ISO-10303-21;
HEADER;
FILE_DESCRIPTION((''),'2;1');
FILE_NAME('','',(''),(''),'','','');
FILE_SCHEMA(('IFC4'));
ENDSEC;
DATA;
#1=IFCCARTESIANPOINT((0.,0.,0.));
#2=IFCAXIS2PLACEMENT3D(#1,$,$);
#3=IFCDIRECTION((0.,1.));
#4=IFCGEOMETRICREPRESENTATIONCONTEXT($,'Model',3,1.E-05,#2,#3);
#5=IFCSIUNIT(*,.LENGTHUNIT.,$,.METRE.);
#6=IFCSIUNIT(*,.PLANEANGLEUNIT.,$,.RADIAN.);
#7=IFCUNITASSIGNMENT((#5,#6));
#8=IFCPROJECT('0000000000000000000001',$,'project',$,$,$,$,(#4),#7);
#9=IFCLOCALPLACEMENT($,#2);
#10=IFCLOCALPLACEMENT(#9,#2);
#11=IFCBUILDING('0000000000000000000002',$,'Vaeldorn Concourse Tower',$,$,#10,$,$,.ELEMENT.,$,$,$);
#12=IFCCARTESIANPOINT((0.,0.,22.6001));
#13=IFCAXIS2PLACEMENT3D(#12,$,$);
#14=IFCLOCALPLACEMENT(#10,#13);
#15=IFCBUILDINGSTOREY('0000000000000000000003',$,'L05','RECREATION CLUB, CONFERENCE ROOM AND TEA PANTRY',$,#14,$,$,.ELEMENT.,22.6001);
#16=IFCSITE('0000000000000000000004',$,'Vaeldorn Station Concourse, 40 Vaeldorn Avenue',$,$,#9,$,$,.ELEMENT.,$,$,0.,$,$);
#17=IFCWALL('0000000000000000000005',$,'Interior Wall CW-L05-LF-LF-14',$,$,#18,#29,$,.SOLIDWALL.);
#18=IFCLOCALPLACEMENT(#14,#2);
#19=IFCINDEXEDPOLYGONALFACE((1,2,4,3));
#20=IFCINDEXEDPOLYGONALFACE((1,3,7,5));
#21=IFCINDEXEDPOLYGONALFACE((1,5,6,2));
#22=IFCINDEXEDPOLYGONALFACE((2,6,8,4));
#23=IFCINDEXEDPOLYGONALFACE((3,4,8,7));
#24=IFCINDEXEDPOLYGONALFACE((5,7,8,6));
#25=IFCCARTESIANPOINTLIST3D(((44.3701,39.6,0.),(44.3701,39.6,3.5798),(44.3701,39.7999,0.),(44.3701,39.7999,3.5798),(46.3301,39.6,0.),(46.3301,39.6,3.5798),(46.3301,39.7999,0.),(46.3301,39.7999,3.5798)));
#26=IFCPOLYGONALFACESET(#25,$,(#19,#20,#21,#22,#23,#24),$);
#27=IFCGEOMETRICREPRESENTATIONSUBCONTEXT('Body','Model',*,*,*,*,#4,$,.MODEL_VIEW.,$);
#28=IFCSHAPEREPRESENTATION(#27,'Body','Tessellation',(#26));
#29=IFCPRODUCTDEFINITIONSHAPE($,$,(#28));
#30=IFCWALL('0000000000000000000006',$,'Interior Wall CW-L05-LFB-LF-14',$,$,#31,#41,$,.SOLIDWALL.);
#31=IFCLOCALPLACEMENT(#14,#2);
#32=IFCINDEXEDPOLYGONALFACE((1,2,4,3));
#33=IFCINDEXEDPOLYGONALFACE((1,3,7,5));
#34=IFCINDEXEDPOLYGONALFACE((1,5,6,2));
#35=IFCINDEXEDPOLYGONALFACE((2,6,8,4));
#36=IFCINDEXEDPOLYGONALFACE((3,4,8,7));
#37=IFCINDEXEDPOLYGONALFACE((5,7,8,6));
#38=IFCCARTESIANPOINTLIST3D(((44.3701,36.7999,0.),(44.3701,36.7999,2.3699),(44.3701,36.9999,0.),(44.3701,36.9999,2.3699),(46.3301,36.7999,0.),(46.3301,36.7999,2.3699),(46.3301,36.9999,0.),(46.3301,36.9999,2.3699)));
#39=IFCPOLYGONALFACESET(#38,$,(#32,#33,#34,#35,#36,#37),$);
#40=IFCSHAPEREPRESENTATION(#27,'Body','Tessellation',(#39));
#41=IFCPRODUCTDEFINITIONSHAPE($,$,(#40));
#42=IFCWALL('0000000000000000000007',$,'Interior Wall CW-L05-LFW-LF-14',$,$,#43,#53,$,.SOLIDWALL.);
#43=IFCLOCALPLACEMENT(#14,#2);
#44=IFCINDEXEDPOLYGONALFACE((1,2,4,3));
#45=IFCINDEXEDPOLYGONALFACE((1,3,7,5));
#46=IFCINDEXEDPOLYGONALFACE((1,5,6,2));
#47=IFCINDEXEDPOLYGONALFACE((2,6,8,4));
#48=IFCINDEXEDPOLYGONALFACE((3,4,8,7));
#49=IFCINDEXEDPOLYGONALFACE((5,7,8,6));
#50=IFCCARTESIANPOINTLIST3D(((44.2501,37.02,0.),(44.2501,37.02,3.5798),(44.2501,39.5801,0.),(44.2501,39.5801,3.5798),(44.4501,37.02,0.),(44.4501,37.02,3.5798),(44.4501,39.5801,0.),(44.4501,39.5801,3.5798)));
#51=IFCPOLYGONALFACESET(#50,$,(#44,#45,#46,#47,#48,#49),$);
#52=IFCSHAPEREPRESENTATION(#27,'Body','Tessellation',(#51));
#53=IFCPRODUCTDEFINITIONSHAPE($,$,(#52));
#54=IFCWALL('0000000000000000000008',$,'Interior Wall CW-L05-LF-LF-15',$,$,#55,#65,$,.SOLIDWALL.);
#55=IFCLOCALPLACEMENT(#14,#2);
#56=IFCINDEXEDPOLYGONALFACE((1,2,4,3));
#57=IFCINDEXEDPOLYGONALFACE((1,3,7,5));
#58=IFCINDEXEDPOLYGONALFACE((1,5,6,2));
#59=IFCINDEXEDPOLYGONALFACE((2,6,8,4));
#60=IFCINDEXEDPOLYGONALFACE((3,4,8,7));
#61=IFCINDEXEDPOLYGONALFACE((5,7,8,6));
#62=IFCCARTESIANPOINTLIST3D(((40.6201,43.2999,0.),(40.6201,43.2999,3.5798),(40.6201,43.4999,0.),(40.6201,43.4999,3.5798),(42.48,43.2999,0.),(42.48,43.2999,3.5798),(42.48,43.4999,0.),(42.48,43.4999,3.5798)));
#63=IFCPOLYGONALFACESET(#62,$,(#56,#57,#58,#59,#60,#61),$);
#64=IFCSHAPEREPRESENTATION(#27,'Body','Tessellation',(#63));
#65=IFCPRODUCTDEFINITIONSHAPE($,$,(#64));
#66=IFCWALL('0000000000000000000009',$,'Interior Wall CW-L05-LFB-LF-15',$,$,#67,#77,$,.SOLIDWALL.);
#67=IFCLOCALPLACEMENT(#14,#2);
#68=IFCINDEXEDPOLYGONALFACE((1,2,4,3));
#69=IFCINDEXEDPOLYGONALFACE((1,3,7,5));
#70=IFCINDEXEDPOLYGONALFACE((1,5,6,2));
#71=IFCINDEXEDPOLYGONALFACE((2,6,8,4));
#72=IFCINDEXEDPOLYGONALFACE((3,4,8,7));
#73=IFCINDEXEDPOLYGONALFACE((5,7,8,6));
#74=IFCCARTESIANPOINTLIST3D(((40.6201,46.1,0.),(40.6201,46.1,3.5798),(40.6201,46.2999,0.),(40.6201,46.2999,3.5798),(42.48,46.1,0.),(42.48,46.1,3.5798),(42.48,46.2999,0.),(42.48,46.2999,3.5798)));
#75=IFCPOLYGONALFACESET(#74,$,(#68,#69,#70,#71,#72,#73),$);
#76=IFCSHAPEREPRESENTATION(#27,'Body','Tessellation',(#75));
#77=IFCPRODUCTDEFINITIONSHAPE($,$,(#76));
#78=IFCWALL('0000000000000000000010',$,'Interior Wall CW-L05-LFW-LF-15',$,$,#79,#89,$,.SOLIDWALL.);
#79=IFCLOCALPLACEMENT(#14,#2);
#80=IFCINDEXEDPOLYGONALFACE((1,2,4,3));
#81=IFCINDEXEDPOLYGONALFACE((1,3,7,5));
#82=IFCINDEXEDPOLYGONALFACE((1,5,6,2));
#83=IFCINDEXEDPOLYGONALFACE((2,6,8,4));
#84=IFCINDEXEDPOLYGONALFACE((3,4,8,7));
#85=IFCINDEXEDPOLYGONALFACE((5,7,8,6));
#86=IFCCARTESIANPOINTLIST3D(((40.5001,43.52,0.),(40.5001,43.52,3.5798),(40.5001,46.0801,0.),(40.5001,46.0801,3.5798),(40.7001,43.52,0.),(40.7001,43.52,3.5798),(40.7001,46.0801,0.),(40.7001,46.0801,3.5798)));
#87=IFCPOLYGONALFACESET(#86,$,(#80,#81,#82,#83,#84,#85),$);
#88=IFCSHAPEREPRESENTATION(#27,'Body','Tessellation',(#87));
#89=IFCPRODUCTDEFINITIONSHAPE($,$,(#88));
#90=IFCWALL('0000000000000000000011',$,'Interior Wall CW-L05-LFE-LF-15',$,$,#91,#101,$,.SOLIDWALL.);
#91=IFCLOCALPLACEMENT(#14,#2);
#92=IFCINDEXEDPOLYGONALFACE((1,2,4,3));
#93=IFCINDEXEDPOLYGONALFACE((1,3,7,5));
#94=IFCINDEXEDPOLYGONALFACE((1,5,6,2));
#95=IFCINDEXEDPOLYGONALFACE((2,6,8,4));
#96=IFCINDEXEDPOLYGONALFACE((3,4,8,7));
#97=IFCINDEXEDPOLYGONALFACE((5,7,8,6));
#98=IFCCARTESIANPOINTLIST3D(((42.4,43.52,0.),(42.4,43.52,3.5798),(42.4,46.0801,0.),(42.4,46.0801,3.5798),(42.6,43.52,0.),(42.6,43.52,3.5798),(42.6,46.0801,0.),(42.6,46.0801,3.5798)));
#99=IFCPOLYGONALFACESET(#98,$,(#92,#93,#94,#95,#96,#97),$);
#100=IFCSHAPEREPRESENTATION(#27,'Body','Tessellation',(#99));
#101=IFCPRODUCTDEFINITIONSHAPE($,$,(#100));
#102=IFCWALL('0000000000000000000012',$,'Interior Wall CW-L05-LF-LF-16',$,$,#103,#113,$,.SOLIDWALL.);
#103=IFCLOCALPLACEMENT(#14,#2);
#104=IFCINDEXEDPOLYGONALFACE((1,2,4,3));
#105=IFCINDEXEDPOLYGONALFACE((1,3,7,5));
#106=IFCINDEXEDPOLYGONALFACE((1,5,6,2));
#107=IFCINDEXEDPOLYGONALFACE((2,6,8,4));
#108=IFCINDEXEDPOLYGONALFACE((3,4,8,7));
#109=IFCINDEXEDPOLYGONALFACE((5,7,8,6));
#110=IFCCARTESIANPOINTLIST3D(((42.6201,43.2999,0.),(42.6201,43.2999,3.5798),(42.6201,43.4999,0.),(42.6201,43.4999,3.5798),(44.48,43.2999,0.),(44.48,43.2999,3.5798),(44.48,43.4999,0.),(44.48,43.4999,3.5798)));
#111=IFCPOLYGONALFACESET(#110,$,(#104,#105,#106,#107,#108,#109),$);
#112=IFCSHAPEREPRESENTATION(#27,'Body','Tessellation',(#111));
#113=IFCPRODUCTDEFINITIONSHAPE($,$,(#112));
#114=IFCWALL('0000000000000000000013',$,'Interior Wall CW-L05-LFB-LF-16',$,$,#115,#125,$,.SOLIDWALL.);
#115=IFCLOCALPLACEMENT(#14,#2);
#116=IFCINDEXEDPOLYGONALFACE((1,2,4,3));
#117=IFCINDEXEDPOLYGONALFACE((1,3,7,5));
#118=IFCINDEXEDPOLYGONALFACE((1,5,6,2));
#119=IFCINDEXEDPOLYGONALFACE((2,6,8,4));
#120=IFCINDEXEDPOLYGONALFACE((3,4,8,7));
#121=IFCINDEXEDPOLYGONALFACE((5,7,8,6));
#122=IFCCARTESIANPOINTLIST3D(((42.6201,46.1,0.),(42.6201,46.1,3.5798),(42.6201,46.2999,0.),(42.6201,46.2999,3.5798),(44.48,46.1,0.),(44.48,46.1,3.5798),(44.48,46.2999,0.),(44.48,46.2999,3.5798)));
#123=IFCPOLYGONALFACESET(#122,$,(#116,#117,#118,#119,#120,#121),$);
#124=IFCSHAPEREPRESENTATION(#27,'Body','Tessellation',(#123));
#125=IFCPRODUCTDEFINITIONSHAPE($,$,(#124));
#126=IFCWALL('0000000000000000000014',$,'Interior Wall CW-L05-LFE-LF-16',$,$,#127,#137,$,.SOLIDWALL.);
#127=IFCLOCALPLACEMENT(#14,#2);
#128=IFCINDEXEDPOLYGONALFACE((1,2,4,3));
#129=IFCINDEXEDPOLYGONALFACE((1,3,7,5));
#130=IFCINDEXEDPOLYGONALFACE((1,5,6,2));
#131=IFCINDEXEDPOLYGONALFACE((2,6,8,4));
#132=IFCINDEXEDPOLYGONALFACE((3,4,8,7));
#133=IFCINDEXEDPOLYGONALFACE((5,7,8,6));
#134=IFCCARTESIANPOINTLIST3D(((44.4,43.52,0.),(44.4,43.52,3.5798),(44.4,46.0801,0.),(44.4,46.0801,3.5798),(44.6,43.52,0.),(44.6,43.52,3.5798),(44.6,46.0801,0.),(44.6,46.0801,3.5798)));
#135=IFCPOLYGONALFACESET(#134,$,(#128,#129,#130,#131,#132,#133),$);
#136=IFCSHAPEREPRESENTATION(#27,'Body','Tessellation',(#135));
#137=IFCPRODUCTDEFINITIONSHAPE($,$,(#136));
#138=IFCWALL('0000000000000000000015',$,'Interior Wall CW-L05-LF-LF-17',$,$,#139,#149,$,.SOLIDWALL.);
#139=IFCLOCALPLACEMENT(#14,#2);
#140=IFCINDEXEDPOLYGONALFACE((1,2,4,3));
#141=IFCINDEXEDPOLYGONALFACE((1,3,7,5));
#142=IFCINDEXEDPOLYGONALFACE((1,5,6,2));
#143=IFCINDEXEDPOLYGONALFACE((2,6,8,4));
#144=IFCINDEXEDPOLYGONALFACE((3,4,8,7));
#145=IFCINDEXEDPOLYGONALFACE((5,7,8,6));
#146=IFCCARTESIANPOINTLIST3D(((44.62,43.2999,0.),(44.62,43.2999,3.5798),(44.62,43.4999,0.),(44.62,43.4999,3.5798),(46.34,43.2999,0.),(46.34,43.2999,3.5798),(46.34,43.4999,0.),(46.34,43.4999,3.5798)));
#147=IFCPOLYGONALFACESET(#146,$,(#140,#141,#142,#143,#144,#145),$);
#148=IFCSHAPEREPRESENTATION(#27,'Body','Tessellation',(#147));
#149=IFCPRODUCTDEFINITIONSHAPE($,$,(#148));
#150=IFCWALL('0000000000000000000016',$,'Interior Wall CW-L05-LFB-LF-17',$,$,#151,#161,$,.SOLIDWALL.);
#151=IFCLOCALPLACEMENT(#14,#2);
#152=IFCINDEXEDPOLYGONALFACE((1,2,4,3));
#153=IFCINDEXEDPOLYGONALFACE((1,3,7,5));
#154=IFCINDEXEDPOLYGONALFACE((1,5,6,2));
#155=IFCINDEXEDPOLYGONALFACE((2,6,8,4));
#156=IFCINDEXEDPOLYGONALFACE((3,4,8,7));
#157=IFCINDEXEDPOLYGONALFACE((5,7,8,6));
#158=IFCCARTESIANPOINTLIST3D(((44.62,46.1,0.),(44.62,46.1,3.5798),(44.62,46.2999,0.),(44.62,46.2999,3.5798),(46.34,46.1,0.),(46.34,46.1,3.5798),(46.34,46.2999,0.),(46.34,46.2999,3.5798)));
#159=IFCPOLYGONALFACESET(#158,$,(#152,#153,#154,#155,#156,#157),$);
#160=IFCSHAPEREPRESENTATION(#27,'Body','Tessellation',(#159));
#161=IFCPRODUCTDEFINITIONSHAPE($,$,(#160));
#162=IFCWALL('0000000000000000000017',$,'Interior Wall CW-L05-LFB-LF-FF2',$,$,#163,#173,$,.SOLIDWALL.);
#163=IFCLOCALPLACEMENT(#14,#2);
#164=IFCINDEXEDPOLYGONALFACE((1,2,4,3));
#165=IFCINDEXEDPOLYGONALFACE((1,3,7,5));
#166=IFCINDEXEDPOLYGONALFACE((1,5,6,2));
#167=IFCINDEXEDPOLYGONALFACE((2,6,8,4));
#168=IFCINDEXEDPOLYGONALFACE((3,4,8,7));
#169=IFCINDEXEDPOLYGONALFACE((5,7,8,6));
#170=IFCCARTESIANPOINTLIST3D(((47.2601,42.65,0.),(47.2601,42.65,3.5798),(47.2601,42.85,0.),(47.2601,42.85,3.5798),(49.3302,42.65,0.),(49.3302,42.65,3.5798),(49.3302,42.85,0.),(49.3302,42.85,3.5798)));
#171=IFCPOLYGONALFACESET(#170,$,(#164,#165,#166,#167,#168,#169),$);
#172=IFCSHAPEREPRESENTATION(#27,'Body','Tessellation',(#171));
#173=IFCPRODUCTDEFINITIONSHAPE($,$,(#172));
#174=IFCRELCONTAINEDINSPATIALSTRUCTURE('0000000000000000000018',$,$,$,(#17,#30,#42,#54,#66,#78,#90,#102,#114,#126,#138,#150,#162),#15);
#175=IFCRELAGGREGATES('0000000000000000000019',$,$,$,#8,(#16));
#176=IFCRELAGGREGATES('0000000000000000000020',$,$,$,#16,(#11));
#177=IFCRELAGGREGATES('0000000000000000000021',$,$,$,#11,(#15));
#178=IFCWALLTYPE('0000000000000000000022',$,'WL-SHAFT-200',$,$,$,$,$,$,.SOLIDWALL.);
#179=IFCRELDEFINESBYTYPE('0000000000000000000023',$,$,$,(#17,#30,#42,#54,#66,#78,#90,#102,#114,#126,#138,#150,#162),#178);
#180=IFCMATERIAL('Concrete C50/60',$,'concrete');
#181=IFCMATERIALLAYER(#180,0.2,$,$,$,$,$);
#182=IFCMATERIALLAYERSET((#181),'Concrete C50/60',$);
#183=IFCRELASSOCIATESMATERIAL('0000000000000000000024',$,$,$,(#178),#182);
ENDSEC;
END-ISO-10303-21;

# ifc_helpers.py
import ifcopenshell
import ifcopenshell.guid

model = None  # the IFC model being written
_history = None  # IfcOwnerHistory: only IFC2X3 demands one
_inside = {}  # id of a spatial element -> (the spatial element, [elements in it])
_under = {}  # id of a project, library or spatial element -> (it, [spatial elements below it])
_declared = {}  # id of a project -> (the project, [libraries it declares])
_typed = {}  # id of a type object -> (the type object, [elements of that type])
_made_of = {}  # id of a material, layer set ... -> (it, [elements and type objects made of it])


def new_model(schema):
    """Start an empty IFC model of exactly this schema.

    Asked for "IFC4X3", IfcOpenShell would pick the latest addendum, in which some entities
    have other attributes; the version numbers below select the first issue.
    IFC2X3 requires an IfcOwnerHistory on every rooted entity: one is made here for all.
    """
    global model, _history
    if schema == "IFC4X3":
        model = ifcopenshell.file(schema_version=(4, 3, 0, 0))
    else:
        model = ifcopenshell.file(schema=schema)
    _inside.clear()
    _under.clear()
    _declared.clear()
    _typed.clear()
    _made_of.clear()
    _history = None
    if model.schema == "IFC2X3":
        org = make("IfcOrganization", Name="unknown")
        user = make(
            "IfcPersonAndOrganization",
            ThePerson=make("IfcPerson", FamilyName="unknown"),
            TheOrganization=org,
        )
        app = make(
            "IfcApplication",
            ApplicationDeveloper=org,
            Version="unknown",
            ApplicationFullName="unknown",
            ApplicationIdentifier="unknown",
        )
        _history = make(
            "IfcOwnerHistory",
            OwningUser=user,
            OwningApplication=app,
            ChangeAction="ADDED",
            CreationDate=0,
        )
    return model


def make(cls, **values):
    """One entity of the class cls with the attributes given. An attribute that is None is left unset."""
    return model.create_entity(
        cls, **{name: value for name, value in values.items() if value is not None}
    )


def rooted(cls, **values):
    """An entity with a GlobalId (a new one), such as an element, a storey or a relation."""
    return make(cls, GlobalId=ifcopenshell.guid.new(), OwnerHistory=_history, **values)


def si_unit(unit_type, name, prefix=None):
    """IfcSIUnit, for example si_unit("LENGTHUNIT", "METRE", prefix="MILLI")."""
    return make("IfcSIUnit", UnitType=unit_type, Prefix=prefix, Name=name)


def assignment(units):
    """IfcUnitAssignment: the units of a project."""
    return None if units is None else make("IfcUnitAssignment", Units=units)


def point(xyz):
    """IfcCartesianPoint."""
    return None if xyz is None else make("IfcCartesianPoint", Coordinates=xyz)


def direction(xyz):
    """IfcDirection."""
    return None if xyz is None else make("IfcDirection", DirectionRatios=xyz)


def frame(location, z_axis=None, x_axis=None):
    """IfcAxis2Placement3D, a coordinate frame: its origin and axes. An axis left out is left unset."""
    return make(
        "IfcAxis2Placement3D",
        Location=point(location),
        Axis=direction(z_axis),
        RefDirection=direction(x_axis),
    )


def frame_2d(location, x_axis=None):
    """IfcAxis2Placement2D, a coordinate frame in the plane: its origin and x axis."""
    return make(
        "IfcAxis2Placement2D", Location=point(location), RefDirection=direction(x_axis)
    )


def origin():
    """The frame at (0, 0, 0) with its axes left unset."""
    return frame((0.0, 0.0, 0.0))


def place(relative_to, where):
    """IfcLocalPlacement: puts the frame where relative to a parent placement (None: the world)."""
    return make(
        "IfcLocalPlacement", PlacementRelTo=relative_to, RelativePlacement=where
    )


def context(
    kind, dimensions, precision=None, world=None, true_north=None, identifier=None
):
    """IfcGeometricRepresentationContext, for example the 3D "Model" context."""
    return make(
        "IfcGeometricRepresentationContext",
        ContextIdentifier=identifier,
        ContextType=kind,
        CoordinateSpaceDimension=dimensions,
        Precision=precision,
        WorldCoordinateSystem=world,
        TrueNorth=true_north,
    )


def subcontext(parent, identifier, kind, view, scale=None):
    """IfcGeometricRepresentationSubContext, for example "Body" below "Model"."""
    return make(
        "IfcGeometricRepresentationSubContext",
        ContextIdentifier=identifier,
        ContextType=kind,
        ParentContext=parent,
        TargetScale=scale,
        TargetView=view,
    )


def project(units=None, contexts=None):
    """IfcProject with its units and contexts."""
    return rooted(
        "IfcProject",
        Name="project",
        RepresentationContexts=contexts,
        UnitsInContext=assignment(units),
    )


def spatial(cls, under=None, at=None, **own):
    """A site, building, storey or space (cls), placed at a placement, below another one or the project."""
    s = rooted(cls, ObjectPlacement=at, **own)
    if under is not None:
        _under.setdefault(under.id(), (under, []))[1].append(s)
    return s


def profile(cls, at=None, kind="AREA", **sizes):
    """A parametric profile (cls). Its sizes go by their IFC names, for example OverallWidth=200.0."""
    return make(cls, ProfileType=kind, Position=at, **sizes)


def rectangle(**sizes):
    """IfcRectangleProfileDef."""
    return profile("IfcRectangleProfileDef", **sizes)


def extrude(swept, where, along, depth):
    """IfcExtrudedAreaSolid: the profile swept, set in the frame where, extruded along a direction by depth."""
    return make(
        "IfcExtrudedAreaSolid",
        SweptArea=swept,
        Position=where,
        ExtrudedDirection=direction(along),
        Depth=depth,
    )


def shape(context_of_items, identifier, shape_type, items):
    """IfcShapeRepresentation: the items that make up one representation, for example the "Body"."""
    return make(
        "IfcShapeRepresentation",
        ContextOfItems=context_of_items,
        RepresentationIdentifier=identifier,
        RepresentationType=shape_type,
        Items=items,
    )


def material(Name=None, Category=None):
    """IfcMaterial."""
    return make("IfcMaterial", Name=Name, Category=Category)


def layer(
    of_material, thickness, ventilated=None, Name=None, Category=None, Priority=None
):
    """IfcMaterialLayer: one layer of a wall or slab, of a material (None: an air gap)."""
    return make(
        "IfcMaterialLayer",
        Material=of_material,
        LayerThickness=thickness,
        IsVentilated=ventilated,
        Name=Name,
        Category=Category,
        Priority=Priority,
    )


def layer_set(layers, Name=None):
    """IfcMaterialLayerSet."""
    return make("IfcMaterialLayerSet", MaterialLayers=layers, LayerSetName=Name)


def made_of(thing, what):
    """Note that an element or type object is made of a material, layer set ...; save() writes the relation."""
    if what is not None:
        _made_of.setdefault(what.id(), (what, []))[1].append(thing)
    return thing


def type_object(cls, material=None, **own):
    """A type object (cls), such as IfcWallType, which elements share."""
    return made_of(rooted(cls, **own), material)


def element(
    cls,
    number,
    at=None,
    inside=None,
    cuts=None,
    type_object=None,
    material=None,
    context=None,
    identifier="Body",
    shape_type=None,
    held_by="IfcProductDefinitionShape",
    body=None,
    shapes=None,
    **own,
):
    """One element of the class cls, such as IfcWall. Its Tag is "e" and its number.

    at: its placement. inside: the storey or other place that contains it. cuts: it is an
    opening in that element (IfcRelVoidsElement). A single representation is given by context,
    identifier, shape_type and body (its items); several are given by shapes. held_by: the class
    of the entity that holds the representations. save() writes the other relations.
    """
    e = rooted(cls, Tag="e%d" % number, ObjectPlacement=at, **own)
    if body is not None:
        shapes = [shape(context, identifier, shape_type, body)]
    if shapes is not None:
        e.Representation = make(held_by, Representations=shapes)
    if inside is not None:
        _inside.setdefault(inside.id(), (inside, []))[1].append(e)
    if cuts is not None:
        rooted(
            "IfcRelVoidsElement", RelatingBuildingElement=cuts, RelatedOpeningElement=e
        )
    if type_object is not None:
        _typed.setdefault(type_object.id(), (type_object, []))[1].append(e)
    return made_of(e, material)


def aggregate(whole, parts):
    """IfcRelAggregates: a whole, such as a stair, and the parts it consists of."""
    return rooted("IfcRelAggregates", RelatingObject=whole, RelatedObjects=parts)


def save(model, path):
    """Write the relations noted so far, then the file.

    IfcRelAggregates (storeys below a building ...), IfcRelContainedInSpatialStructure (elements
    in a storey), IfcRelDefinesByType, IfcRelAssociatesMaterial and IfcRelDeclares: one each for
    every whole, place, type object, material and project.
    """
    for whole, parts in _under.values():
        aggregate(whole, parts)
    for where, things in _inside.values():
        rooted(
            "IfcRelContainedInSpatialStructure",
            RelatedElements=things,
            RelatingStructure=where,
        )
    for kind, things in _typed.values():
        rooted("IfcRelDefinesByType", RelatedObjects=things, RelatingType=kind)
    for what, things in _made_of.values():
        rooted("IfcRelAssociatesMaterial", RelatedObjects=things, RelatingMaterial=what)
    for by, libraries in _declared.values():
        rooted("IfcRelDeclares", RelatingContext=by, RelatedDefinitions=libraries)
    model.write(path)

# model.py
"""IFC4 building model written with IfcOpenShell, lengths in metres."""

from ifc_helpers import new_model, si_unit, direction, frame, frame_2d, origin, place, context, subcontext, project, spatial, rectangle, extrude, material, layer, layer_set, type_object, element, save


model = new_model("IFC4")

# Units and contexts
model_context = context("Model", 3, precision=1e-05, world=origin(), true_north=direction((0.0, 1.0)))
body_context = subcontext(model_context, "Body", "Model", "MODEL_VIEW")
ifc_project = project(units=[si_unit("LENGTHUNIT", "METRE"), si_unit("PLANEANGLEUNIT", "RADIAN")], contexts=[model_context])

# Site, building, storey
site_placement = place(None, origin())
site = spatial("IfcSite", under=ifc_project, at=site_placement, Name="Vaeldorn Station Concourse, 40 Vaeldorn Avenue", CompositionType="ELEMENT", RefElevation=0.0)
building_placement = place(site_placement, origin())
building = spatial("IfcBuilding", under=site, at=building_placement, Name="Vaeldorn Concourse Tower", CompositionType="ELEMENT")
storey_placement = place(building_placement, frame((0.0, 0.0, 22.6001)))
storey = spatial("IfcBuildingStorey", under=building, at=storey_placement, Name="L05", Description="RECREATION CLUB, CONFERENCE ROOM AND TEA PANTRY", CompositionType="ELEMENT", Elevation=22.6001)

# Shared definitions
ifc_material_1 = material(Name="Concrete C50/60", Category="concrete")
ifc_layer_1 = layer(ifc_material_1, 0.2)
ifc_layer_set_1 = layer_set([ifc_layer_1], Name="Concrete C50/60")
wall_type_1 = type_object("IfcWallType", Name="WL-SHAFT-200", PredefinedType="SOLIDWALL", material=ifc_layer_set_1)

# Walls
wall_1_placement = place(storey_placement, frame((44.3701, 39.7, 0.0), z_axis=(0.0, 0.0, 1.0), x_axis=(1.0, 0.0, 0.0)))
element("IfcWall", 1, at=wall_1_placement, inside=storey, type_object=wall_type_1, Name="Interior Wall CW-L05-LF-LF-14", PredefinedType="SOLIDWALL", context=body_context, shape_type="SweptSolid", body=[
    extrude(rectangle(XDim=1.96, YDim=0.2, at=frame_2d((0.98, 0.0))), origin(), (0.0, 0.0, 1.0), 3.5798),
])
wall_2_placement = place(storey_placement, frame((44.3701, 36.8999, 0.0), z_axis=(0.0, 0.0, 1.0), x_axis=(1.0, 0.0, 0.0)))
element("IfcWall", 2, at=wall_2_placement, inside=storey, type_object=wall_type_1, Name="Interior Wall CW-L05-LFB-LF-14", PredefinedType="SOLIDWALL", context=body_context, shape_type="SweptSolid", body=[
    extrude(rectangle(XDim=1.96, YDim=0.2, at=frame_2d((0.98, 0.0))), origin(), (0.0, 0.0, 1.0), 2.3699),
])
wall_3_placement = place(storey_placement, frame((44.3501, 37.02, 0.0), z_axis=(0.0, 0.0, 1.0), x_axis=(0.0, 1.0, 0.0)))
element("IfcWall", 3, at=wall_3_placement, inside=storey, type_object=wall_type_1, Name="Interior Wall CW-L05-LFW-LF-14", PredefinedType="SOLIDWALL", context=body_context, shape_type="SweptSolid", body=[
    extrude(rectangle(XDim=2.5601, YDim=0.2, at=frame_2d((1.28, 0.0))), origin(), (0.0, 0.0, 1.0), 3.5798),
])
for number, where, z_axis, x_axis, name in (
    (4, (40.6201, 43.3999, 0.0), (0.0, 0.0, 1.0), (1.0, 0.0, 0.0), "Interior Wall CW-L05-LF-LF-15"),
    (5, (40.6201, 46.2, 0.0), (0.0, 0.0, 1.0), (1.0, 0.0, 0.0), "Interior Wall CW-L05-LFB-LF-15"),
):
    element("IfcWall", number, at=place(storey_placement, frame(where, z_axis=z_axis, x_axis=x_axis)), inside=storey, type_object=wall_type_1, Name=name, PredefinedType="SOLIDWALL", context=body_context, shape_type="SweptSolid", body=[
        extrude(rectangle(XDim=1.8599, YDim=0.2, at=frame_2d((0.9299, 0.0))), origin(), (0.0, 0.0, 1.0), 3.5798),
    ])
for number, where, z_axis, x_axis, name in (
    (6, (40.6001, 43.52, 0.0), (0.0, 0.0, 1.0), (0.0, 1.0, 0.0), "Interior Wall CW-L05-LFW-LF-15"),
    (7, (42.5, 43.52, 0.0), (0.0, 0.0, 1.0), (0.0, 1.0, 0.0), "Interior Wall CW-L05-LFE-LF-15"),
):
    element("IfcWall", number, at=place(storey_placement, frame(where, z_axis=z_axis, x_axis=x_axis)), inside=storey, type_object=wall_type_1, Name=name, PredefinedType="SOLIDWALL", context=body_context, shape_type="SweptSolid", body=[
        extrude(rectangle(XDim=2.5601, YDim=0.2, at=frame_2d((1.28, 0.0))), origin(), (0.0, 0.0, 1.0), 3.5798),
    ])
for number, where, z_axis, x_axis, name in (
    (8, (42.6201, 43.3999, 0.0), (0.0, 0.0, 1.0), (1.0, 0.0, 0.0), "Interior Wall CW-L05-LF-LF-16"),
    (9, (42.6201, 46.2, 0.0), (0.0, 0.0, 1.0), (1.0, 0.0, 0.0), "Interior Wall CW-L05-LFB-LF-16"),
):
    element("IfcWall", number, at=place(storey_placement, frame(where, z_axis=z_axis, x_axis=x_axis)), inside=storey, type_object=wall_type_1, Name=name, PredefinedType="SOLIDWALL", context=body_context, shape_type="SweptSolid", body=[
        extrude(rectangle(XDim=1.8599, YDim=0.2, at=frame_2d((0.9299, 0.0))), origin(), (0.0, 0.0, 1.0), 3.5798),
    ])
wall_4_placement = place(storey_placement, frame((44.5, 43.52, 0.0), z_axis=(0.0, 0.0, 1.0), x_axis=(0.0, 1.0, 0.0)))
element("IfcWall", 10, at=wall_4_placement, inside=storey, type_object=wall_type_1, Name="Interior Wall CW-L05-LFE-LF-16", PredefinedType="SOLIDWALL", context=body_context, shape_type="SweptSolid", body=[
    extrude(rectangle(XDim=2.5601, YDim=0.2, at=frame_2d((1.28, 0.0))), origin(), (0.0, 0.0, 1.0), 3.5798),
])
for number, where, z_axis, x_axis, name in (
    (11, (44.6201, 43.3999, 0.0), (0.0, 0.0, 1.0), (1.0, 0.0, 0.0), "Interior Wall CW-L05-LF-LF-17"),
    (12, (44.6201, 46.2, 0.0), (0.0, 0.0, 1.0), (1.0, 0.0, 0.0), "Interior Wall CW-L05-LFB-LF-17"),
):
    element("IfcWall", number, at=place(storey_placement, frame(where, z_axis=z_axis, x_axis=x_axis)), inside=storey, type_object=wall_type_1, Name=name, PredefinedType="SOLIDWALL", context=body_context, shape_type="SweptSolid", body=[
        extrude(rectangle(XDim=1.72, YDim=0.2, at=frame_2d((0.8599, 0.0))), origin(), (0.0, 0.0, 1.0), 3.5798),
    ])

# Wall
wall_5_placement = place(storey_placement, frame((47.26, 42.75, 0.0), z_axis=(0.0, 0.0, 1.0), x_axis=(1.0, 0.0, 0.0)))
element("IfcWall", 13, at=wall_5_placement, inside=storey, type_object=wall_type_1, Name="Interior Wall CW-L05-LFB-LF-FF2", PredefinedType="SOLIDWALL", context=body_context, shape_type="SweptSolid", body=[
    extrude(rectangle(XDim=2.0701, YDim=0.2, at=frame_2d((1.0352, 0.0))), origin(), (0.0, 0.0, 1.0), 3.5798),
])

save(model, "model.ifc")
